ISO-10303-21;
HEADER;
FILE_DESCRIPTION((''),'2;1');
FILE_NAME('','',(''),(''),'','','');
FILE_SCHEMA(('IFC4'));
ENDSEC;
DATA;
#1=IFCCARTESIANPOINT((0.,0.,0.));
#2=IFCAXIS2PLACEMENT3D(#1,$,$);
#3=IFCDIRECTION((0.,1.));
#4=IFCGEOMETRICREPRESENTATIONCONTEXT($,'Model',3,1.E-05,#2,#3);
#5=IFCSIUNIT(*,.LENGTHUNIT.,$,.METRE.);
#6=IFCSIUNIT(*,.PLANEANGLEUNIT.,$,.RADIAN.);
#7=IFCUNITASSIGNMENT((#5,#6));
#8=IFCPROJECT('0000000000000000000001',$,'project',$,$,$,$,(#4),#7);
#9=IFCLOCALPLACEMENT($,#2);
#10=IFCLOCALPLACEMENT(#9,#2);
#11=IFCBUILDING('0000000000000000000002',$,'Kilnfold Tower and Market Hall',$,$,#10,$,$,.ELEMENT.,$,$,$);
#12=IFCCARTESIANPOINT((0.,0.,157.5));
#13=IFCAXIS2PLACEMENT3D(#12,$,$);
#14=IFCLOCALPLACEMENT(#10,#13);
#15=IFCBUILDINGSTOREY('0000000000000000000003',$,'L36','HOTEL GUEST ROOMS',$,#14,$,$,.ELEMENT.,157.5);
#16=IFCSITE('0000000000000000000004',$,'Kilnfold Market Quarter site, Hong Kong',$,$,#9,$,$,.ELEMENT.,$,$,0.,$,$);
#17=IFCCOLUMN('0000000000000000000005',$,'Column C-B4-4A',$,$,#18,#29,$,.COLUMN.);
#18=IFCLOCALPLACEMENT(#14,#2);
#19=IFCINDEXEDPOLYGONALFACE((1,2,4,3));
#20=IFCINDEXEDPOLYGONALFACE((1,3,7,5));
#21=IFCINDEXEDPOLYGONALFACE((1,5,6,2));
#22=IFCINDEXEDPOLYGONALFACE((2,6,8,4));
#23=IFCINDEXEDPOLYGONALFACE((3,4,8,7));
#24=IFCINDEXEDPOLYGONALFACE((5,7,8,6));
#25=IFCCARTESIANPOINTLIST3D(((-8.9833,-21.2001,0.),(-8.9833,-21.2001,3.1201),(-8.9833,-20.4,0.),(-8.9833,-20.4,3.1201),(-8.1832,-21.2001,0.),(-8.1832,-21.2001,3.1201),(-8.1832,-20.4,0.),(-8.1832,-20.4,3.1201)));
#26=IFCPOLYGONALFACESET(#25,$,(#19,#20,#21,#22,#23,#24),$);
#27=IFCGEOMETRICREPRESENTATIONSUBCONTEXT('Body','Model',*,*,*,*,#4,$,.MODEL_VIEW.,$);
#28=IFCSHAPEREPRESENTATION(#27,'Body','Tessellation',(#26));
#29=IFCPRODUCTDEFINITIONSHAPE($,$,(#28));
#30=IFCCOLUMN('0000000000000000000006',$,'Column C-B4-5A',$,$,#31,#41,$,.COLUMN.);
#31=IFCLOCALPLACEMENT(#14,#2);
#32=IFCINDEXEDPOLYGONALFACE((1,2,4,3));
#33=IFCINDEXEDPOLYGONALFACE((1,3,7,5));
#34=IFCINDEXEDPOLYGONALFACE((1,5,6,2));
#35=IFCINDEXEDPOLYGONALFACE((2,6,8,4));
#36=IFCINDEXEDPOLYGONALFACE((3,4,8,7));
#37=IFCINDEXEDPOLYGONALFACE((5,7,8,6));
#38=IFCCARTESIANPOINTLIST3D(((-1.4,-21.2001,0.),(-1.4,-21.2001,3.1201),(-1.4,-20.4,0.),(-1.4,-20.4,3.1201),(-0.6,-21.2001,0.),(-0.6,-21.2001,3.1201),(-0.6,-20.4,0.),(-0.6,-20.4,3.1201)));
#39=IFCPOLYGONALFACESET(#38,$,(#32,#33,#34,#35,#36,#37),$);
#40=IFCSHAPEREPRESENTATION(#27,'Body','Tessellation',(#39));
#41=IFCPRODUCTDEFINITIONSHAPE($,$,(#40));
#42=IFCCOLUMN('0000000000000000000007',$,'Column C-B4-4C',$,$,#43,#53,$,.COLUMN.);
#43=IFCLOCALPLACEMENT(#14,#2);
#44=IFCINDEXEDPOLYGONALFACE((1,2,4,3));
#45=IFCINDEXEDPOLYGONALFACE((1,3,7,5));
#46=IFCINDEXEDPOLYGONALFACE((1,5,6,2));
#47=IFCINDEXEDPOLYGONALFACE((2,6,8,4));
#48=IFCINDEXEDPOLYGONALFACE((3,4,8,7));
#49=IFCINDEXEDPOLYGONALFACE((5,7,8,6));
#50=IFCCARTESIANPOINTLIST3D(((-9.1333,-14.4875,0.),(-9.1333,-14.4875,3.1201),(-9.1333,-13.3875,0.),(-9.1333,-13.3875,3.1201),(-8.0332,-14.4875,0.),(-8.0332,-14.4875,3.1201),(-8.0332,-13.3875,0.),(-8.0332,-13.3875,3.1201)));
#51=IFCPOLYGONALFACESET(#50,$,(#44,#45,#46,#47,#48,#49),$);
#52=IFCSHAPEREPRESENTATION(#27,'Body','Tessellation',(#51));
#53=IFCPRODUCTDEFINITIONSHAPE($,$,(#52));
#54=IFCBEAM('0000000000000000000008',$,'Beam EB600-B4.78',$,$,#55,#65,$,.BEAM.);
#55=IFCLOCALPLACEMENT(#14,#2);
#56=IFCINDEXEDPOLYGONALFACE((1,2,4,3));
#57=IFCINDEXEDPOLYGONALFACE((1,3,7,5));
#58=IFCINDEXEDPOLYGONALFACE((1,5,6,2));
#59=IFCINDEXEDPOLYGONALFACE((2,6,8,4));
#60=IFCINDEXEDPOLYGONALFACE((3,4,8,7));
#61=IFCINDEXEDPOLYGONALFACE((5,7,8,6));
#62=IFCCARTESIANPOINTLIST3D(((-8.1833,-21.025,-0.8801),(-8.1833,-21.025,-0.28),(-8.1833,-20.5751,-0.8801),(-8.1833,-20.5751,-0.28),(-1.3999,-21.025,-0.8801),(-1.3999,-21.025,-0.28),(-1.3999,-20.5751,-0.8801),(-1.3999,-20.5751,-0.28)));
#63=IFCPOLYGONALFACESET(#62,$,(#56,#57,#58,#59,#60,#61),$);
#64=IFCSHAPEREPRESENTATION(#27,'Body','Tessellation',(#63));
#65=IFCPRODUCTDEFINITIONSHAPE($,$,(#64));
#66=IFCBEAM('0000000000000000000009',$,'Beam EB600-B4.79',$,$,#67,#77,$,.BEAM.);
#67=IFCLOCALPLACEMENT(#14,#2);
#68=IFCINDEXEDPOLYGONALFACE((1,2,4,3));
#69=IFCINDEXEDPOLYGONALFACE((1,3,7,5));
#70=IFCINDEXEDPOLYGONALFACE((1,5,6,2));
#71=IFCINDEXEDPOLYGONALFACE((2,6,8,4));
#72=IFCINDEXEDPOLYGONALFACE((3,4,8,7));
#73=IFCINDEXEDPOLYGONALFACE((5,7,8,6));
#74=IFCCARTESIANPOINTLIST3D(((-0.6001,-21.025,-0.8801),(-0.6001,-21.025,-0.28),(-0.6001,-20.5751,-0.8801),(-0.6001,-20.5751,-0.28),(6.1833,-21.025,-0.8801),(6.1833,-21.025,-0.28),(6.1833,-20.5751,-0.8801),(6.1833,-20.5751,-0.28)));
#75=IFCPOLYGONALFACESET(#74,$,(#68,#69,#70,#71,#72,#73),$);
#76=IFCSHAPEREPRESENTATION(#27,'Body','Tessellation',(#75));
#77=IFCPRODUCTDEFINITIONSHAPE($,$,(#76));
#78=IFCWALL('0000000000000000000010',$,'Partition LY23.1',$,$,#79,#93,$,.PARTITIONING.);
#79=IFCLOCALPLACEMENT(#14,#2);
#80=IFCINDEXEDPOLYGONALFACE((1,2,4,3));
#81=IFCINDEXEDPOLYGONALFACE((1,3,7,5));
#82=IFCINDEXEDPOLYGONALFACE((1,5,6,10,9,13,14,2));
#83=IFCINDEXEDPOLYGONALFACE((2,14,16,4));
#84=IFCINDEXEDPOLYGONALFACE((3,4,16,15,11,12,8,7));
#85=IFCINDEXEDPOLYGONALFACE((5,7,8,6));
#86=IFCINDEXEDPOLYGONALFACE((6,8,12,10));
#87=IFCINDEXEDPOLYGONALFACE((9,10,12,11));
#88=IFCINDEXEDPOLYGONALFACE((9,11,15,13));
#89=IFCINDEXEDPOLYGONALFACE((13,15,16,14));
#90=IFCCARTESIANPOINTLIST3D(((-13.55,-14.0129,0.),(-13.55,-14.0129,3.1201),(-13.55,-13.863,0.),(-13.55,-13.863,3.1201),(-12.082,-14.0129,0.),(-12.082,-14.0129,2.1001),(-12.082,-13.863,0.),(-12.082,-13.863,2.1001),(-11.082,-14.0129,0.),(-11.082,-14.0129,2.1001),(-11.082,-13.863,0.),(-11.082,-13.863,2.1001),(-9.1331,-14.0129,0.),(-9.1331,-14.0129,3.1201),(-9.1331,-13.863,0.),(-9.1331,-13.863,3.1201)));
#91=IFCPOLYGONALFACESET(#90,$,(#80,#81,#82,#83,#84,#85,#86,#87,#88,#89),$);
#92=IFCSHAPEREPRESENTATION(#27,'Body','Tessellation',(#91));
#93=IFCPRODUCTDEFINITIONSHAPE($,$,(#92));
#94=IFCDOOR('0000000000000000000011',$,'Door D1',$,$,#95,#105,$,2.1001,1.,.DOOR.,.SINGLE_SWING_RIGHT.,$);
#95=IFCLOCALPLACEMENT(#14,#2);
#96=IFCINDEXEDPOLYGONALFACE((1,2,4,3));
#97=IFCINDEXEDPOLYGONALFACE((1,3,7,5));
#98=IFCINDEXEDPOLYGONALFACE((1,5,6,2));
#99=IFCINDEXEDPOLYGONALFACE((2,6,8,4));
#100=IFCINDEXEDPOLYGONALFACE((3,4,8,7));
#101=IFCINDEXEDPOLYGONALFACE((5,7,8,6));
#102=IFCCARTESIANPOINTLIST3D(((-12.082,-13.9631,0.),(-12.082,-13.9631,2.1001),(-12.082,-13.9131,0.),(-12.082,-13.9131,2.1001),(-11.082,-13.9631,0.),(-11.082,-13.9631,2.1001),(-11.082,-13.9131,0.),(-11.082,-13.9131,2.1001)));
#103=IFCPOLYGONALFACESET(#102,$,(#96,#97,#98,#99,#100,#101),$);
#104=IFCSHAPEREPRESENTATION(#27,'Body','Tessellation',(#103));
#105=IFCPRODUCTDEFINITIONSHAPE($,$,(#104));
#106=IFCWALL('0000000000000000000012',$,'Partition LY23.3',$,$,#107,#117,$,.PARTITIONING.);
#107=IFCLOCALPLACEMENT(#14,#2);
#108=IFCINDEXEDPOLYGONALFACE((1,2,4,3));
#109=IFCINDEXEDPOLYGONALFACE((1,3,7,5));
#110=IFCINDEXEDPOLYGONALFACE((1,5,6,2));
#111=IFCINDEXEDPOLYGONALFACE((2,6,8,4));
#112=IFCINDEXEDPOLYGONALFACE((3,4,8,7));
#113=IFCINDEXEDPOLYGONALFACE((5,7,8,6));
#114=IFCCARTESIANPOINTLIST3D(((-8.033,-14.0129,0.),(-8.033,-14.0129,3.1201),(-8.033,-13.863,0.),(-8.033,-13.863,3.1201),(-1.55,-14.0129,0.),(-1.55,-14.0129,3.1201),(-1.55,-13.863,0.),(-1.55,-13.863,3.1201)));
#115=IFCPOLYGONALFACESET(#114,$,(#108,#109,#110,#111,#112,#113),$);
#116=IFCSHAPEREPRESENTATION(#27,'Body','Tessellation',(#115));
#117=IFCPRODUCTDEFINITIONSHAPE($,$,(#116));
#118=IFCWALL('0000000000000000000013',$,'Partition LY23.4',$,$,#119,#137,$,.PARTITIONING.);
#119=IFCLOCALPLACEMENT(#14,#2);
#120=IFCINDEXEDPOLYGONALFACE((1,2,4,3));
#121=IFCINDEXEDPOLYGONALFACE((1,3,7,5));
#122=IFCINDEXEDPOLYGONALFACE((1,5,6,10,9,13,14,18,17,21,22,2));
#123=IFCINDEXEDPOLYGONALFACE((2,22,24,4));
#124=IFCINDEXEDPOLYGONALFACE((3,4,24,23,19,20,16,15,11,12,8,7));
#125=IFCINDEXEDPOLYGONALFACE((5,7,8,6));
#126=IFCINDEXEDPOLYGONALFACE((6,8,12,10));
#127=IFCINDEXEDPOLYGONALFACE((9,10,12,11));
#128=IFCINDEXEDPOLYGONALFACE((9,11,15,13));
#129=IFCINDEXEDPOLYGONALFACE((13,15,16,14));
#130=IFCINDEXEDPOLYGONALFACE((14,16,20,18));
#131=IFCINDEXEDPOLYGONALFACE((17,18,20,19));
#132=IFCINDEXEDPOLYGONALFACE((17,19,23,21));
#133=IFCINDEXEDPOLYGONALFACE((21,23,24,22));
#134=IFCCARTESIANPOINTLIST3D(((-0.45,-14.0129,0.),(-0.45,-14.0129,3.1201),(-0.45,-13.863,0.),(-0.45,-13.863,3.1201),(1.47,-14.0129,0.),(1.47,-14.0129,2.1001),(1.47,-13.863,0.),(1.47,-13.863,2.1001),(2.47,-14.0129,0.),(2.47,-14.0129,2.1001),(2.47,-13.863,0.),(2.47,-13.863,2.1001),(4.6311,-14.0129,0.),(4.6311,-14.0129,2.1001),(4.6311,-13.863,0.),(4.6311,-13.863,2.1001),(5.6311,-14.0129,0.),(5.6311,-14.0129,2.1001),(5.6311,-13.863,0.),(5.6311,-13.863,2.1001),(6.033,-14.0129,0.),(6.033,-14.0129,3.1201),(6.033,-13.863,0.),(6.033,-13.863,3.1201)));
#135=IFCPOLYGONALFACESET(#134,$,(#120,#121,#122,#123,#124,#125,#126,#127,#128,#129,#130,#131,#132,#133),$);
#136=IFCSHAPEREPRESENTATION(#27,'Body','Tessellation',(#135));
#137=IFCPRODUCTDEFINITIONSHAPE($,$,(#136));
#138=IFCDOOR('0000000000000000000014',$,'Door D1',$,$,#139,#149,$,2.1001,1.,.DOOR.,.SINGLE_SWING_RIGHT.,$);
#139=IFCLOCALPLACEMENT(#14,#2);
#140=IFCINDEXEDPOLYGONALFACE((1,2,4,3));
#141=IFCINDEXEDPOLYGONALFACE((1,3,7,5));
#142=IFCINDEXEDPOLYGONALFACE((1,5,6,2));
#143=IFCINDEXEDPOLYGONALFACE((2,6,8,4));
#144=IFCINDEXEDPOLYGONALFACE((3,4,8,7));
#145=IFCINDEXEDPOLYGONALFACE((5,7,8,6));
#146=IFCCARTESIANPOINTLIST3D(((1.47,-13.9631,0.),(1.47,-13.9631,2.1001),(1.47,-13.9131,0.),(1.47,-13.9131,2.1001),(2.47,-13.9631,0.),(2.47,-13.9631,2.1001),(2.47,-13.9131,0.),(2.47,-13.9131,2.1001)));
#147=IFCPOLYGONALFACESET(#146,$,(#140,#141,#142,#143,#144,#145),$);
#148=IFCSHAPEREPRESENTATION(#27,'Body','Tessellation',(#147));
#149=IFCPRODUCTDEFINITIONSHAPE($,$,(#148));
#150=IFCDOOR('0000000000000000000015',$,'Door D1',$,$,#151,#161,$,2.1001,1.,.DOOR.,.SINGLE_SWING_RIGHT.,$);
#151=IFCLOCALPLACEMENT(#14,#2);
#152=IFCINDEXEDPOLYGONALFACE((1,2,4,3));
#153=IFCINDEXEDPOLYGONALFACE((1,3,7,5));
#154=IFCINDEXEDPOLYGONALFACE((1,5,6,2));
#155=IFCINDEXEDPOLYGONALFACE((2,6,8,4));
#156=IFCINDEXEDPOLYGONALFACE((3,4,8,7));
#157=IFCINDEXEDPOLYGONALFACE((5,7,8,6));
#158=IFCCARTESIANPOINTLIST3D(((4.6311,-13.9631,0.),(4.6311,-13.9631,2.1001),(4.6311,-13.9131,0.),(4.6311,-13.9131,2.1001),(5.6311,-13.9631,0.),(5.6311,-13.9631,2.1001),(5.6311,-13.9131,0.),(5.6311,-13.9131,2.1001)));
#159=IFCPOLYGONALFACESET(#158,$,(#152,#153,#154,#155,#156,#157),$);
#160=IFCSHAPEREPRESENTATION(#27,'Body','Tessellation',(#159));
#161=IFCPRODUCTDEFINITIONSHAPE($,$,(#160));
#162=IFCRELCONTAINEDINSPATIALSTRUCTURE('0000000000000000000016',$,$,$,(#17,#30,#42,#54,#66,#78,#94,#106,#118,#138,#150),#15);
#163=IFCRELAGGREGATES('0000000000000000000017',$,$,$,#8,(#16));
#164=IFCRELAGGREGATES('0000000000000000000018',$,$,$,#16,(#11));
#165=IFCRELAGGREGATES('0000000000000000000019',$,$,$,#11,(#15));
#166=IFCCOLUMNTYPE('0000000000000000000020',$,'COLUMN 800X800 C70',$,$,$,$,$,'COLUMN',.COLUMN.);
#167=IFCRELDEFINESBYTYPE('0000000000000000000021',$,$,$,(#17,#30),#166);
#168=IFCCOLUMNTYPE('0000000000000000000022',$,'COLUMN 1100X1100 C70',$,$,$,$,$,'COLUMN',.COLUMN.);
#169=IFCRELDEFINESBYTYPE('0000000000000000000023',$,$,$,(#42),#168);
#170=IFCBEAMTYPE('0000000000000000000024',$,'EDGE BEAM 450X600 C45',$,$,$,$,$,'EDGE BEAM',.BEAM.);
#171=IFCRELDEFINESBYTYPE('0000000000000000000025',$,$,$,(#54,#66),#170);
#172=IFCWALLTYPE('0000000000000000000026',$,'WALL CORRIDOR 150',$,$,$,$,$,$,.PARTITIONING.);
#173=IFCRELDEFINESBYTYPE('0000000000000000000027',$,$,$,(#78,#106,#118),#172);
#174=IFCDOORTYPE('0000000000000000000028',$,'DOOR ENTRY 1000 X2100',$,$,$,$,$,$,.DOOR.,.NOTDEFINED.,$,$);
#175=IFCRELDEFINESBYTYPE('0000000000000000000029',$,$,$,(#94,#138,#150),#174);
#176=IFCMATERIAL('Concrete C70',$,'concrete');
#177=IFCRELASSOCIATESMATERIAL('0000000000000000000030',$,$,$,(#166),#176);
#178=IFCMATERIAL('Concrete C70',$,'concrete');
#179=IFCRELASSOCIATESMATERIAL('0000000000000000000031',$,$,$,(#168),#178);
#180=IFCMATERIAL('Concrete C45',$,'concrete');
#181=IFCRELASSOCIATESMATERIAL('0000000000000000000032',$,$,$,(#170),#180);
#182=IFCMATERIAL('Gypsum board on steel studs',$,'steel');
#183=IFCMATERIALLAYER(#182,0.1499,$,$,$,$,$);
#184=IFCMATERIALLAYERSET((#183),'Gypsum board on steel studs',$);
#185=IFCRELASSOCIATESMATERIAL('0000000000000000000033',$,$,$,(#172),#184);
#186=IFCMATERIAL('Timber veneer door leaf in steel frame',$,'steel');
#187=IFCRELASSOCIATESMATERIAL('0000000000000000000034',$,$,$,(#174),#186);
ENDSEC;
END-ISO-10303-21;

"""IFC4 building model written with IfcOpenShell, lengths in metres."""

from ifc_helpers import new_model, si_unit, direction, frame, frame_2d, origin, origin_2d, place, context, subcontext, project, spatial, rectangle, extrude, source, transform, mapped, material, layer, layer_set, material_profile, profile_set, type_object, element, fill, save


model = new_model("IFC4")

# Units and contexts
model_context = context("Model", 3, precision=1e-05, world=origin(), true_north=direction((0.0, 1.0)))
body_context = subcontext(model_context, "Body", "Model", "MODEL_VIEW")
ifc_project = project(units=[si_unit("LENGTHUNIT", "METRE"), si_unit("PLANEANGLEUNIT", "RADIAN")], contexts=[model_context])

# Site, building, storey
site_placement = place(None, origin())
site = spatial("IfcSite", under=ifc_project, at=site_placement, Name="Kilnfold Market Quarter site, Hong Kong", CompositionType="ELEMENT", RefElevation=0.0)
building_placement = place(site_placement, origin())
building = spatial("IfcBuilding", under=site, at=building_placement, Name="Kilnfold Tower and Market Hall", CompositionType="ELEMENT")
storey_placement = place(building_placement, frame((0.0, 0.0, 157.5)))
storey = spatial("IfcBuildingStorey", under=building, at=storey_placement, Name="L36", Description="HOTEL GUEST ROOMS", CompositionType="ELEMENT", Elevation=157.5)

# Columns
ifc_material_1 = material(Name="Concrete C70", Category="concrete")
ifc_material_profile_1 = material_profile(ifc_material_1, rectangle(XDim=0.8, YDim=0.8, at=origin_2d()), Name="RC 800x800")
ifc_profile_set_1 = profile_set([ifc_material_profile_1], Name="Concrete C70")
column_type_1 = type_object("IfcColumnType", Name="COLUMN 800X800 C70", ElementType="COLUMN", PredefinedType="COLUMN", material=ifc_profile_set_1)
shared_shape_1 = source(origin(), body_context, "Body", "SweptSolid", [
    extrude(rectangle(XDim=0.8, YDim=0.8, at=origin_2d()), origin(), (0.0, 0.0, 1.0), 3.1201),
])
for number, where, z_axis, x_axis, name in (
    (1, (-8.5833, -20.8, 0.0), (0.0, 0.0, 1.0), (1.0, 0.0, 0.0), "Column C-B4-4A"),
    (2, (-1.0, -20.8, 0.0), (0.0, 0.0, 1.0), (1.0, 0.0, 0.0), "Column C-B4-5A"),
):
    element("IfcColumn", number, at=place(storey_placement, frame(where, z_axis=z_axis, x_axis=x_axis)), inside=storey, type_object=column_type_1, Name=name, PredefinedType="COLUMN", context=body_context, shape_type="MappedRepresentation", body=[
        mapped(shared_shape_1, transform((0.0, 0.0, 0.0))),
    ])
ifc_material_2 = material(Name="Concrete C70", Category="concrete")
ifc_material_profile_2 = material_profile(ifc_material_2, rectangle(XDim=1.1001, YDim=1.1001, at=origin_2d()), Name="RC 1100x1100")
ifc_profile_set_2 = profile_set([ifc_material_profile_2], Name="Concrete C70")
column_type_2 = type_object("IfcColumnType", Name="COLUMN 1100X1100 C70", ElementType="COLUMN", PredefinedType="COLUMN", material=ifc_profile_set_2)
shared_shape_2 = source(origin(), body_context, "Body", "SweptSolid", [
    extrude(rectangle(XDim=1.1001, YDim=1.1001, at=origin_2d()), origin(), (0.0, 0.0, 1.0), 3.1201),
])
column_placement = place(storey_placement, frame((-8.5833, -13.9375, 0.0), z_axis=(0.0, 0.0, 1.0), x_axis=(1.0, 0.0, 0.0)))
element("IfcColumn", 3, at=column_placement, inside=storey, type_object=column_type_2, Name="Column C-B4-4C", PredefinedType="COLUMN", context=body_context, shape_type="MappedRepresentation", body=[
    mapped(shared_shape_2, transform((0.0, 0.0, 0.0))),
])

# Beams
ifc_material_3 = material(Name="Concrete C45", Category="concrete")
ifc_material_profile_3 = material_profile(ifc_material_3, rectangle(XDim=0.45, YDim=0.6001, at=origin_2d()), Name="RC 450x600")
ifc_profile_set_3 = profile_set([ifc_material_profile_3], Name="Concrete C45")
beam_type = type_object("IfcBeamType", Name="EDGE BEAM 450X600 C45", ElementType="EDGE BEAM", PredefinedType="BEAM", material=ifc_profile_set_3)
shared_shape_3 = source(origin(), body_context, "Body", "SweptSolid", [
    extrude(rectangle(XDim=0.45, YDim=0.6001, at=origin_2d()), origin(), (0.0, 0.0, 1.0), 6.7834),
])
for number, where, z_axis, x_axis, name in (
    (4, (-8.1833, -20.8, -0.5801), (1.0, 0.0, 0.0), (0.0, 1.0, 0.0), "Beam EB600-B4.78"),
    (5, (-0.6001, -20.8, -0.5801), (1.0, 0.0, 0.0), (0.0, 1.0, 0.0), "Beam EB600-B4.79"),
):
    element("IfcBeam", number, at=place(storey_placement, frame(where, z_axis=z_axis, x_axis=x_axis)), inside=storey, type_object=beam_type, Name=name, PredefinedType="BEAM", context=body_context, shape_type="MappedRepresentation", body=[
        mapped(shared_shape_3, transform((0.0, 0.0, 0.0))),
    ])

# Wall, opening, door
ifc_material_4 = material(Name="Gypsum board on steel studs", Category="steel")
ifc_layer_1 = layer(ifc_material_4, 0.1499)
ifc_layer_set_1 = layer_set([ifc_layer_1], Name="Gypsum board on steel studs")
wall_type_1 = type_object("IfcWallType", Name="WALL CORRIDOR 150", PredefinedType="PARTITIONING", material=ifc_layer_set_1)
wall_1_placement = place(storey_placement, frame((-13.55, -13.938, 0.0), z_axis=(0.0, 0.0, 1.0), x_axis=(1.0, 0.0, 0.0)))
wall_1 = element("IfcWall", 6, at=wall_1_placement, inside=storey, type_object=wall_type_1, Name="Partition LY23.1", PredefinedType="PARTITIONING", context=body_context, shape_type="SweptSolid", body=[
    extrude(rectangle(XDim=4.417, YDim=0.1499, at=frame_2d((2.2085, 0.0))), origin(), (0.0, 0.0, 1.0), 3.1201),
])
opening_1_placement = place(wall_1_placement, frame((1.468, 0.0, 0.0)))
opening_1 = element("IfcOpeningElement", 7, at=opening_1_placement, cuts=wall_1, PredefinedType="OPENING", context=body_context, shape_type="SweptSolid", body=[
    extrude(rectangle(XDim=1.0, YDim=2.1001, at=frame_2d((0.5, 1.05))), frame((0.0, 0.085, 0.0), z_axis=(0.0, -1.0, 0.0), x_axis=(1.0, 0.0, 0.0)), (0.0, 0.0, 1.0), 0.1699),
])
ifc_material_5 = material(Name="Timber veneer door leaf in steel frame", Category="steel")
door_type_1 = type_object("IfcDoorType", Name="DOOR ENTRY 1000 X2100", OperationType="NOTDEFINED", PredefinedType="DOOR", material=ifc_material_5)
door_1_placement = place(opening_1_placement, origin())
door_1 = element("IfcDoor", 8, at=door_1_placement, inside=storey, type_object=door_type_1, Name="Door D1", OperationType="SINGLE_SWING_RIGHT", OverallHeight=2.1001, OverallWidth=1.0, PredefinedType="DOOR", context=body_context, shape_type="SweptSolid", body=[
    extrude(rectangle(XDim=1.0, YDim=2.1001, at=frame_2d((0.5, 1.05))), frame((0.0, 0.0249, 0.0), z_axis=(0.0, -1.0, 0.0), x_axis=(1.0, 0.0, 0.0)), (0.0, 0.0, 1.0), 0.05),
])
fill(opening_1, door_1)

# Wall
wall_2_placement = place(storey_placement, frame((-8.033, -13.938, 0.0), z_axis=(0.0, 0.0, 1.0), x_axis=(1.0, 0.0, 0.0)))
element("IfcWall", 9, at=wall_2_placement, inside=storey, type_object=wall_type_1, Name="Partition LY23.3", PredefinedType="PARTITIONING", context=body_context, shape_type="SweptSolid", body=[
    extrude(rectangle(XDim=6.4829, YDim=0.1499, at=frame_2d((3.2415, 0.0))), origin(), (0.0, 0.0, 1.0), 3.1201),
])

# Wall, openings, doors
wall_3_placement = place(storey_placement, frame((-0.45, -13.938, 0.0), z_axis=(0.0, 0.0, 1.0), x_axis=(1.0, 0.0, 0.0)))
wall_3 = element("IfcWall", 10, at=wall_3_placement, inside=storey, type_object=wall_type_1, Name="Partition LY23.4", PredefinedType="PARTITIONING", context=body_context, shape_type="SweptSolid", body=[
    extrude(rectangle(XDim=6.4829, YDim=0.1499, at=frame_2d((3.2415, 0.0))), origin(), (0.0, 0.0, 1.0), 3.1201),
])
opening_2_placement = place(wall_3_placement, frame((1.9199, 0.0, 0.0)))
opening_2 = element("IfcOpeningElement", 11, at=opening_2_placement, cuts=wall_3, PredefinedType="OPENING", context=body_context, shape_type="SweptSolid", body=[
    extrude(rectangle(XDim=1.0, YDim=2.1001, at=frame_2d((0.5, 1.05))), frame((0.0, 0.085, 0.0), z_axis=(0.0, -1.0, 0.0), x_axis=(1.0, 0.0, 0.0)), (0.0, 0.0, 1.0), 0.1699),
])
opening_3_placement = place(wall_3_placement, frame((5.0811, 0.0, 0.0)))
opening_3 = element("IfcOpeningElement", 12, at=opening_3_placement, cuts=wall_3, PredefinedType="OPENING", context=body_context, shape_type="SweptSolid", body=[
    extrude(rectangle(XDim=1.0, YDim=2.1001, at=frame_2d((0.5, 1.05))), frame((0.0, 0.085, 0.0), z_axis=(0.0, -1.0, 0.0), x_axis=(1.0, 0.0, 0.0)), (0.0, 0.0, 1.0), 0.1699),
])
door_2_placement = place(opening_2_placement, origin())
door_2 = element("IfcDoor", 13, at=door_2_placement, inside=storey, type_object=door_type_1, Name="Door D1", OperationType="SINGLE_SWING_RIGHT", OverallHeight=2.1001, OverallWidth=1.0, PredefinedType="DOOR", context=body_context, shape_type="SweptSolid", body=[
    extrude(rectangle(XDim=1.0, YDim=2.1001, at=frame_2d((0.5, 1.05))), frame((0.0, 0.0249, 0.0), z_axis=(0.0, -1.0, 0.0), x_axis=(1.0, 0.0, 0.0)), (0.0, 0.0, 1.0), 0.05),
])
fill(opening_2, door_2)
door_3_placement = place(opening_3_placement, origin())
door_3 = element("IfcDoor", 14, at=door_3_placement, inside=storey, type_object=door_type_1, Name="Door D1", OperationType="SINGLE_SWING_RIGHT", OverallHeight=2.1001, OverallWidth=1.0, PredefinedType="DOOR", context=body_context, shape_type="SweptSolid", body=[
    extrude(rectangle(XDim=1.0, YDim=2.1001, at=frame_2d((0.5, 1.05))), frame((0.0, 0.0249, 0.0), z_axis=(0.0, -1.0, 0.0), x_axis=(1.0, 0.0, 0.0)), (0.0, 0.0, 1.0), 0.05),
])
fill(opening_3, door_3)

save(model, "model.ifc")
